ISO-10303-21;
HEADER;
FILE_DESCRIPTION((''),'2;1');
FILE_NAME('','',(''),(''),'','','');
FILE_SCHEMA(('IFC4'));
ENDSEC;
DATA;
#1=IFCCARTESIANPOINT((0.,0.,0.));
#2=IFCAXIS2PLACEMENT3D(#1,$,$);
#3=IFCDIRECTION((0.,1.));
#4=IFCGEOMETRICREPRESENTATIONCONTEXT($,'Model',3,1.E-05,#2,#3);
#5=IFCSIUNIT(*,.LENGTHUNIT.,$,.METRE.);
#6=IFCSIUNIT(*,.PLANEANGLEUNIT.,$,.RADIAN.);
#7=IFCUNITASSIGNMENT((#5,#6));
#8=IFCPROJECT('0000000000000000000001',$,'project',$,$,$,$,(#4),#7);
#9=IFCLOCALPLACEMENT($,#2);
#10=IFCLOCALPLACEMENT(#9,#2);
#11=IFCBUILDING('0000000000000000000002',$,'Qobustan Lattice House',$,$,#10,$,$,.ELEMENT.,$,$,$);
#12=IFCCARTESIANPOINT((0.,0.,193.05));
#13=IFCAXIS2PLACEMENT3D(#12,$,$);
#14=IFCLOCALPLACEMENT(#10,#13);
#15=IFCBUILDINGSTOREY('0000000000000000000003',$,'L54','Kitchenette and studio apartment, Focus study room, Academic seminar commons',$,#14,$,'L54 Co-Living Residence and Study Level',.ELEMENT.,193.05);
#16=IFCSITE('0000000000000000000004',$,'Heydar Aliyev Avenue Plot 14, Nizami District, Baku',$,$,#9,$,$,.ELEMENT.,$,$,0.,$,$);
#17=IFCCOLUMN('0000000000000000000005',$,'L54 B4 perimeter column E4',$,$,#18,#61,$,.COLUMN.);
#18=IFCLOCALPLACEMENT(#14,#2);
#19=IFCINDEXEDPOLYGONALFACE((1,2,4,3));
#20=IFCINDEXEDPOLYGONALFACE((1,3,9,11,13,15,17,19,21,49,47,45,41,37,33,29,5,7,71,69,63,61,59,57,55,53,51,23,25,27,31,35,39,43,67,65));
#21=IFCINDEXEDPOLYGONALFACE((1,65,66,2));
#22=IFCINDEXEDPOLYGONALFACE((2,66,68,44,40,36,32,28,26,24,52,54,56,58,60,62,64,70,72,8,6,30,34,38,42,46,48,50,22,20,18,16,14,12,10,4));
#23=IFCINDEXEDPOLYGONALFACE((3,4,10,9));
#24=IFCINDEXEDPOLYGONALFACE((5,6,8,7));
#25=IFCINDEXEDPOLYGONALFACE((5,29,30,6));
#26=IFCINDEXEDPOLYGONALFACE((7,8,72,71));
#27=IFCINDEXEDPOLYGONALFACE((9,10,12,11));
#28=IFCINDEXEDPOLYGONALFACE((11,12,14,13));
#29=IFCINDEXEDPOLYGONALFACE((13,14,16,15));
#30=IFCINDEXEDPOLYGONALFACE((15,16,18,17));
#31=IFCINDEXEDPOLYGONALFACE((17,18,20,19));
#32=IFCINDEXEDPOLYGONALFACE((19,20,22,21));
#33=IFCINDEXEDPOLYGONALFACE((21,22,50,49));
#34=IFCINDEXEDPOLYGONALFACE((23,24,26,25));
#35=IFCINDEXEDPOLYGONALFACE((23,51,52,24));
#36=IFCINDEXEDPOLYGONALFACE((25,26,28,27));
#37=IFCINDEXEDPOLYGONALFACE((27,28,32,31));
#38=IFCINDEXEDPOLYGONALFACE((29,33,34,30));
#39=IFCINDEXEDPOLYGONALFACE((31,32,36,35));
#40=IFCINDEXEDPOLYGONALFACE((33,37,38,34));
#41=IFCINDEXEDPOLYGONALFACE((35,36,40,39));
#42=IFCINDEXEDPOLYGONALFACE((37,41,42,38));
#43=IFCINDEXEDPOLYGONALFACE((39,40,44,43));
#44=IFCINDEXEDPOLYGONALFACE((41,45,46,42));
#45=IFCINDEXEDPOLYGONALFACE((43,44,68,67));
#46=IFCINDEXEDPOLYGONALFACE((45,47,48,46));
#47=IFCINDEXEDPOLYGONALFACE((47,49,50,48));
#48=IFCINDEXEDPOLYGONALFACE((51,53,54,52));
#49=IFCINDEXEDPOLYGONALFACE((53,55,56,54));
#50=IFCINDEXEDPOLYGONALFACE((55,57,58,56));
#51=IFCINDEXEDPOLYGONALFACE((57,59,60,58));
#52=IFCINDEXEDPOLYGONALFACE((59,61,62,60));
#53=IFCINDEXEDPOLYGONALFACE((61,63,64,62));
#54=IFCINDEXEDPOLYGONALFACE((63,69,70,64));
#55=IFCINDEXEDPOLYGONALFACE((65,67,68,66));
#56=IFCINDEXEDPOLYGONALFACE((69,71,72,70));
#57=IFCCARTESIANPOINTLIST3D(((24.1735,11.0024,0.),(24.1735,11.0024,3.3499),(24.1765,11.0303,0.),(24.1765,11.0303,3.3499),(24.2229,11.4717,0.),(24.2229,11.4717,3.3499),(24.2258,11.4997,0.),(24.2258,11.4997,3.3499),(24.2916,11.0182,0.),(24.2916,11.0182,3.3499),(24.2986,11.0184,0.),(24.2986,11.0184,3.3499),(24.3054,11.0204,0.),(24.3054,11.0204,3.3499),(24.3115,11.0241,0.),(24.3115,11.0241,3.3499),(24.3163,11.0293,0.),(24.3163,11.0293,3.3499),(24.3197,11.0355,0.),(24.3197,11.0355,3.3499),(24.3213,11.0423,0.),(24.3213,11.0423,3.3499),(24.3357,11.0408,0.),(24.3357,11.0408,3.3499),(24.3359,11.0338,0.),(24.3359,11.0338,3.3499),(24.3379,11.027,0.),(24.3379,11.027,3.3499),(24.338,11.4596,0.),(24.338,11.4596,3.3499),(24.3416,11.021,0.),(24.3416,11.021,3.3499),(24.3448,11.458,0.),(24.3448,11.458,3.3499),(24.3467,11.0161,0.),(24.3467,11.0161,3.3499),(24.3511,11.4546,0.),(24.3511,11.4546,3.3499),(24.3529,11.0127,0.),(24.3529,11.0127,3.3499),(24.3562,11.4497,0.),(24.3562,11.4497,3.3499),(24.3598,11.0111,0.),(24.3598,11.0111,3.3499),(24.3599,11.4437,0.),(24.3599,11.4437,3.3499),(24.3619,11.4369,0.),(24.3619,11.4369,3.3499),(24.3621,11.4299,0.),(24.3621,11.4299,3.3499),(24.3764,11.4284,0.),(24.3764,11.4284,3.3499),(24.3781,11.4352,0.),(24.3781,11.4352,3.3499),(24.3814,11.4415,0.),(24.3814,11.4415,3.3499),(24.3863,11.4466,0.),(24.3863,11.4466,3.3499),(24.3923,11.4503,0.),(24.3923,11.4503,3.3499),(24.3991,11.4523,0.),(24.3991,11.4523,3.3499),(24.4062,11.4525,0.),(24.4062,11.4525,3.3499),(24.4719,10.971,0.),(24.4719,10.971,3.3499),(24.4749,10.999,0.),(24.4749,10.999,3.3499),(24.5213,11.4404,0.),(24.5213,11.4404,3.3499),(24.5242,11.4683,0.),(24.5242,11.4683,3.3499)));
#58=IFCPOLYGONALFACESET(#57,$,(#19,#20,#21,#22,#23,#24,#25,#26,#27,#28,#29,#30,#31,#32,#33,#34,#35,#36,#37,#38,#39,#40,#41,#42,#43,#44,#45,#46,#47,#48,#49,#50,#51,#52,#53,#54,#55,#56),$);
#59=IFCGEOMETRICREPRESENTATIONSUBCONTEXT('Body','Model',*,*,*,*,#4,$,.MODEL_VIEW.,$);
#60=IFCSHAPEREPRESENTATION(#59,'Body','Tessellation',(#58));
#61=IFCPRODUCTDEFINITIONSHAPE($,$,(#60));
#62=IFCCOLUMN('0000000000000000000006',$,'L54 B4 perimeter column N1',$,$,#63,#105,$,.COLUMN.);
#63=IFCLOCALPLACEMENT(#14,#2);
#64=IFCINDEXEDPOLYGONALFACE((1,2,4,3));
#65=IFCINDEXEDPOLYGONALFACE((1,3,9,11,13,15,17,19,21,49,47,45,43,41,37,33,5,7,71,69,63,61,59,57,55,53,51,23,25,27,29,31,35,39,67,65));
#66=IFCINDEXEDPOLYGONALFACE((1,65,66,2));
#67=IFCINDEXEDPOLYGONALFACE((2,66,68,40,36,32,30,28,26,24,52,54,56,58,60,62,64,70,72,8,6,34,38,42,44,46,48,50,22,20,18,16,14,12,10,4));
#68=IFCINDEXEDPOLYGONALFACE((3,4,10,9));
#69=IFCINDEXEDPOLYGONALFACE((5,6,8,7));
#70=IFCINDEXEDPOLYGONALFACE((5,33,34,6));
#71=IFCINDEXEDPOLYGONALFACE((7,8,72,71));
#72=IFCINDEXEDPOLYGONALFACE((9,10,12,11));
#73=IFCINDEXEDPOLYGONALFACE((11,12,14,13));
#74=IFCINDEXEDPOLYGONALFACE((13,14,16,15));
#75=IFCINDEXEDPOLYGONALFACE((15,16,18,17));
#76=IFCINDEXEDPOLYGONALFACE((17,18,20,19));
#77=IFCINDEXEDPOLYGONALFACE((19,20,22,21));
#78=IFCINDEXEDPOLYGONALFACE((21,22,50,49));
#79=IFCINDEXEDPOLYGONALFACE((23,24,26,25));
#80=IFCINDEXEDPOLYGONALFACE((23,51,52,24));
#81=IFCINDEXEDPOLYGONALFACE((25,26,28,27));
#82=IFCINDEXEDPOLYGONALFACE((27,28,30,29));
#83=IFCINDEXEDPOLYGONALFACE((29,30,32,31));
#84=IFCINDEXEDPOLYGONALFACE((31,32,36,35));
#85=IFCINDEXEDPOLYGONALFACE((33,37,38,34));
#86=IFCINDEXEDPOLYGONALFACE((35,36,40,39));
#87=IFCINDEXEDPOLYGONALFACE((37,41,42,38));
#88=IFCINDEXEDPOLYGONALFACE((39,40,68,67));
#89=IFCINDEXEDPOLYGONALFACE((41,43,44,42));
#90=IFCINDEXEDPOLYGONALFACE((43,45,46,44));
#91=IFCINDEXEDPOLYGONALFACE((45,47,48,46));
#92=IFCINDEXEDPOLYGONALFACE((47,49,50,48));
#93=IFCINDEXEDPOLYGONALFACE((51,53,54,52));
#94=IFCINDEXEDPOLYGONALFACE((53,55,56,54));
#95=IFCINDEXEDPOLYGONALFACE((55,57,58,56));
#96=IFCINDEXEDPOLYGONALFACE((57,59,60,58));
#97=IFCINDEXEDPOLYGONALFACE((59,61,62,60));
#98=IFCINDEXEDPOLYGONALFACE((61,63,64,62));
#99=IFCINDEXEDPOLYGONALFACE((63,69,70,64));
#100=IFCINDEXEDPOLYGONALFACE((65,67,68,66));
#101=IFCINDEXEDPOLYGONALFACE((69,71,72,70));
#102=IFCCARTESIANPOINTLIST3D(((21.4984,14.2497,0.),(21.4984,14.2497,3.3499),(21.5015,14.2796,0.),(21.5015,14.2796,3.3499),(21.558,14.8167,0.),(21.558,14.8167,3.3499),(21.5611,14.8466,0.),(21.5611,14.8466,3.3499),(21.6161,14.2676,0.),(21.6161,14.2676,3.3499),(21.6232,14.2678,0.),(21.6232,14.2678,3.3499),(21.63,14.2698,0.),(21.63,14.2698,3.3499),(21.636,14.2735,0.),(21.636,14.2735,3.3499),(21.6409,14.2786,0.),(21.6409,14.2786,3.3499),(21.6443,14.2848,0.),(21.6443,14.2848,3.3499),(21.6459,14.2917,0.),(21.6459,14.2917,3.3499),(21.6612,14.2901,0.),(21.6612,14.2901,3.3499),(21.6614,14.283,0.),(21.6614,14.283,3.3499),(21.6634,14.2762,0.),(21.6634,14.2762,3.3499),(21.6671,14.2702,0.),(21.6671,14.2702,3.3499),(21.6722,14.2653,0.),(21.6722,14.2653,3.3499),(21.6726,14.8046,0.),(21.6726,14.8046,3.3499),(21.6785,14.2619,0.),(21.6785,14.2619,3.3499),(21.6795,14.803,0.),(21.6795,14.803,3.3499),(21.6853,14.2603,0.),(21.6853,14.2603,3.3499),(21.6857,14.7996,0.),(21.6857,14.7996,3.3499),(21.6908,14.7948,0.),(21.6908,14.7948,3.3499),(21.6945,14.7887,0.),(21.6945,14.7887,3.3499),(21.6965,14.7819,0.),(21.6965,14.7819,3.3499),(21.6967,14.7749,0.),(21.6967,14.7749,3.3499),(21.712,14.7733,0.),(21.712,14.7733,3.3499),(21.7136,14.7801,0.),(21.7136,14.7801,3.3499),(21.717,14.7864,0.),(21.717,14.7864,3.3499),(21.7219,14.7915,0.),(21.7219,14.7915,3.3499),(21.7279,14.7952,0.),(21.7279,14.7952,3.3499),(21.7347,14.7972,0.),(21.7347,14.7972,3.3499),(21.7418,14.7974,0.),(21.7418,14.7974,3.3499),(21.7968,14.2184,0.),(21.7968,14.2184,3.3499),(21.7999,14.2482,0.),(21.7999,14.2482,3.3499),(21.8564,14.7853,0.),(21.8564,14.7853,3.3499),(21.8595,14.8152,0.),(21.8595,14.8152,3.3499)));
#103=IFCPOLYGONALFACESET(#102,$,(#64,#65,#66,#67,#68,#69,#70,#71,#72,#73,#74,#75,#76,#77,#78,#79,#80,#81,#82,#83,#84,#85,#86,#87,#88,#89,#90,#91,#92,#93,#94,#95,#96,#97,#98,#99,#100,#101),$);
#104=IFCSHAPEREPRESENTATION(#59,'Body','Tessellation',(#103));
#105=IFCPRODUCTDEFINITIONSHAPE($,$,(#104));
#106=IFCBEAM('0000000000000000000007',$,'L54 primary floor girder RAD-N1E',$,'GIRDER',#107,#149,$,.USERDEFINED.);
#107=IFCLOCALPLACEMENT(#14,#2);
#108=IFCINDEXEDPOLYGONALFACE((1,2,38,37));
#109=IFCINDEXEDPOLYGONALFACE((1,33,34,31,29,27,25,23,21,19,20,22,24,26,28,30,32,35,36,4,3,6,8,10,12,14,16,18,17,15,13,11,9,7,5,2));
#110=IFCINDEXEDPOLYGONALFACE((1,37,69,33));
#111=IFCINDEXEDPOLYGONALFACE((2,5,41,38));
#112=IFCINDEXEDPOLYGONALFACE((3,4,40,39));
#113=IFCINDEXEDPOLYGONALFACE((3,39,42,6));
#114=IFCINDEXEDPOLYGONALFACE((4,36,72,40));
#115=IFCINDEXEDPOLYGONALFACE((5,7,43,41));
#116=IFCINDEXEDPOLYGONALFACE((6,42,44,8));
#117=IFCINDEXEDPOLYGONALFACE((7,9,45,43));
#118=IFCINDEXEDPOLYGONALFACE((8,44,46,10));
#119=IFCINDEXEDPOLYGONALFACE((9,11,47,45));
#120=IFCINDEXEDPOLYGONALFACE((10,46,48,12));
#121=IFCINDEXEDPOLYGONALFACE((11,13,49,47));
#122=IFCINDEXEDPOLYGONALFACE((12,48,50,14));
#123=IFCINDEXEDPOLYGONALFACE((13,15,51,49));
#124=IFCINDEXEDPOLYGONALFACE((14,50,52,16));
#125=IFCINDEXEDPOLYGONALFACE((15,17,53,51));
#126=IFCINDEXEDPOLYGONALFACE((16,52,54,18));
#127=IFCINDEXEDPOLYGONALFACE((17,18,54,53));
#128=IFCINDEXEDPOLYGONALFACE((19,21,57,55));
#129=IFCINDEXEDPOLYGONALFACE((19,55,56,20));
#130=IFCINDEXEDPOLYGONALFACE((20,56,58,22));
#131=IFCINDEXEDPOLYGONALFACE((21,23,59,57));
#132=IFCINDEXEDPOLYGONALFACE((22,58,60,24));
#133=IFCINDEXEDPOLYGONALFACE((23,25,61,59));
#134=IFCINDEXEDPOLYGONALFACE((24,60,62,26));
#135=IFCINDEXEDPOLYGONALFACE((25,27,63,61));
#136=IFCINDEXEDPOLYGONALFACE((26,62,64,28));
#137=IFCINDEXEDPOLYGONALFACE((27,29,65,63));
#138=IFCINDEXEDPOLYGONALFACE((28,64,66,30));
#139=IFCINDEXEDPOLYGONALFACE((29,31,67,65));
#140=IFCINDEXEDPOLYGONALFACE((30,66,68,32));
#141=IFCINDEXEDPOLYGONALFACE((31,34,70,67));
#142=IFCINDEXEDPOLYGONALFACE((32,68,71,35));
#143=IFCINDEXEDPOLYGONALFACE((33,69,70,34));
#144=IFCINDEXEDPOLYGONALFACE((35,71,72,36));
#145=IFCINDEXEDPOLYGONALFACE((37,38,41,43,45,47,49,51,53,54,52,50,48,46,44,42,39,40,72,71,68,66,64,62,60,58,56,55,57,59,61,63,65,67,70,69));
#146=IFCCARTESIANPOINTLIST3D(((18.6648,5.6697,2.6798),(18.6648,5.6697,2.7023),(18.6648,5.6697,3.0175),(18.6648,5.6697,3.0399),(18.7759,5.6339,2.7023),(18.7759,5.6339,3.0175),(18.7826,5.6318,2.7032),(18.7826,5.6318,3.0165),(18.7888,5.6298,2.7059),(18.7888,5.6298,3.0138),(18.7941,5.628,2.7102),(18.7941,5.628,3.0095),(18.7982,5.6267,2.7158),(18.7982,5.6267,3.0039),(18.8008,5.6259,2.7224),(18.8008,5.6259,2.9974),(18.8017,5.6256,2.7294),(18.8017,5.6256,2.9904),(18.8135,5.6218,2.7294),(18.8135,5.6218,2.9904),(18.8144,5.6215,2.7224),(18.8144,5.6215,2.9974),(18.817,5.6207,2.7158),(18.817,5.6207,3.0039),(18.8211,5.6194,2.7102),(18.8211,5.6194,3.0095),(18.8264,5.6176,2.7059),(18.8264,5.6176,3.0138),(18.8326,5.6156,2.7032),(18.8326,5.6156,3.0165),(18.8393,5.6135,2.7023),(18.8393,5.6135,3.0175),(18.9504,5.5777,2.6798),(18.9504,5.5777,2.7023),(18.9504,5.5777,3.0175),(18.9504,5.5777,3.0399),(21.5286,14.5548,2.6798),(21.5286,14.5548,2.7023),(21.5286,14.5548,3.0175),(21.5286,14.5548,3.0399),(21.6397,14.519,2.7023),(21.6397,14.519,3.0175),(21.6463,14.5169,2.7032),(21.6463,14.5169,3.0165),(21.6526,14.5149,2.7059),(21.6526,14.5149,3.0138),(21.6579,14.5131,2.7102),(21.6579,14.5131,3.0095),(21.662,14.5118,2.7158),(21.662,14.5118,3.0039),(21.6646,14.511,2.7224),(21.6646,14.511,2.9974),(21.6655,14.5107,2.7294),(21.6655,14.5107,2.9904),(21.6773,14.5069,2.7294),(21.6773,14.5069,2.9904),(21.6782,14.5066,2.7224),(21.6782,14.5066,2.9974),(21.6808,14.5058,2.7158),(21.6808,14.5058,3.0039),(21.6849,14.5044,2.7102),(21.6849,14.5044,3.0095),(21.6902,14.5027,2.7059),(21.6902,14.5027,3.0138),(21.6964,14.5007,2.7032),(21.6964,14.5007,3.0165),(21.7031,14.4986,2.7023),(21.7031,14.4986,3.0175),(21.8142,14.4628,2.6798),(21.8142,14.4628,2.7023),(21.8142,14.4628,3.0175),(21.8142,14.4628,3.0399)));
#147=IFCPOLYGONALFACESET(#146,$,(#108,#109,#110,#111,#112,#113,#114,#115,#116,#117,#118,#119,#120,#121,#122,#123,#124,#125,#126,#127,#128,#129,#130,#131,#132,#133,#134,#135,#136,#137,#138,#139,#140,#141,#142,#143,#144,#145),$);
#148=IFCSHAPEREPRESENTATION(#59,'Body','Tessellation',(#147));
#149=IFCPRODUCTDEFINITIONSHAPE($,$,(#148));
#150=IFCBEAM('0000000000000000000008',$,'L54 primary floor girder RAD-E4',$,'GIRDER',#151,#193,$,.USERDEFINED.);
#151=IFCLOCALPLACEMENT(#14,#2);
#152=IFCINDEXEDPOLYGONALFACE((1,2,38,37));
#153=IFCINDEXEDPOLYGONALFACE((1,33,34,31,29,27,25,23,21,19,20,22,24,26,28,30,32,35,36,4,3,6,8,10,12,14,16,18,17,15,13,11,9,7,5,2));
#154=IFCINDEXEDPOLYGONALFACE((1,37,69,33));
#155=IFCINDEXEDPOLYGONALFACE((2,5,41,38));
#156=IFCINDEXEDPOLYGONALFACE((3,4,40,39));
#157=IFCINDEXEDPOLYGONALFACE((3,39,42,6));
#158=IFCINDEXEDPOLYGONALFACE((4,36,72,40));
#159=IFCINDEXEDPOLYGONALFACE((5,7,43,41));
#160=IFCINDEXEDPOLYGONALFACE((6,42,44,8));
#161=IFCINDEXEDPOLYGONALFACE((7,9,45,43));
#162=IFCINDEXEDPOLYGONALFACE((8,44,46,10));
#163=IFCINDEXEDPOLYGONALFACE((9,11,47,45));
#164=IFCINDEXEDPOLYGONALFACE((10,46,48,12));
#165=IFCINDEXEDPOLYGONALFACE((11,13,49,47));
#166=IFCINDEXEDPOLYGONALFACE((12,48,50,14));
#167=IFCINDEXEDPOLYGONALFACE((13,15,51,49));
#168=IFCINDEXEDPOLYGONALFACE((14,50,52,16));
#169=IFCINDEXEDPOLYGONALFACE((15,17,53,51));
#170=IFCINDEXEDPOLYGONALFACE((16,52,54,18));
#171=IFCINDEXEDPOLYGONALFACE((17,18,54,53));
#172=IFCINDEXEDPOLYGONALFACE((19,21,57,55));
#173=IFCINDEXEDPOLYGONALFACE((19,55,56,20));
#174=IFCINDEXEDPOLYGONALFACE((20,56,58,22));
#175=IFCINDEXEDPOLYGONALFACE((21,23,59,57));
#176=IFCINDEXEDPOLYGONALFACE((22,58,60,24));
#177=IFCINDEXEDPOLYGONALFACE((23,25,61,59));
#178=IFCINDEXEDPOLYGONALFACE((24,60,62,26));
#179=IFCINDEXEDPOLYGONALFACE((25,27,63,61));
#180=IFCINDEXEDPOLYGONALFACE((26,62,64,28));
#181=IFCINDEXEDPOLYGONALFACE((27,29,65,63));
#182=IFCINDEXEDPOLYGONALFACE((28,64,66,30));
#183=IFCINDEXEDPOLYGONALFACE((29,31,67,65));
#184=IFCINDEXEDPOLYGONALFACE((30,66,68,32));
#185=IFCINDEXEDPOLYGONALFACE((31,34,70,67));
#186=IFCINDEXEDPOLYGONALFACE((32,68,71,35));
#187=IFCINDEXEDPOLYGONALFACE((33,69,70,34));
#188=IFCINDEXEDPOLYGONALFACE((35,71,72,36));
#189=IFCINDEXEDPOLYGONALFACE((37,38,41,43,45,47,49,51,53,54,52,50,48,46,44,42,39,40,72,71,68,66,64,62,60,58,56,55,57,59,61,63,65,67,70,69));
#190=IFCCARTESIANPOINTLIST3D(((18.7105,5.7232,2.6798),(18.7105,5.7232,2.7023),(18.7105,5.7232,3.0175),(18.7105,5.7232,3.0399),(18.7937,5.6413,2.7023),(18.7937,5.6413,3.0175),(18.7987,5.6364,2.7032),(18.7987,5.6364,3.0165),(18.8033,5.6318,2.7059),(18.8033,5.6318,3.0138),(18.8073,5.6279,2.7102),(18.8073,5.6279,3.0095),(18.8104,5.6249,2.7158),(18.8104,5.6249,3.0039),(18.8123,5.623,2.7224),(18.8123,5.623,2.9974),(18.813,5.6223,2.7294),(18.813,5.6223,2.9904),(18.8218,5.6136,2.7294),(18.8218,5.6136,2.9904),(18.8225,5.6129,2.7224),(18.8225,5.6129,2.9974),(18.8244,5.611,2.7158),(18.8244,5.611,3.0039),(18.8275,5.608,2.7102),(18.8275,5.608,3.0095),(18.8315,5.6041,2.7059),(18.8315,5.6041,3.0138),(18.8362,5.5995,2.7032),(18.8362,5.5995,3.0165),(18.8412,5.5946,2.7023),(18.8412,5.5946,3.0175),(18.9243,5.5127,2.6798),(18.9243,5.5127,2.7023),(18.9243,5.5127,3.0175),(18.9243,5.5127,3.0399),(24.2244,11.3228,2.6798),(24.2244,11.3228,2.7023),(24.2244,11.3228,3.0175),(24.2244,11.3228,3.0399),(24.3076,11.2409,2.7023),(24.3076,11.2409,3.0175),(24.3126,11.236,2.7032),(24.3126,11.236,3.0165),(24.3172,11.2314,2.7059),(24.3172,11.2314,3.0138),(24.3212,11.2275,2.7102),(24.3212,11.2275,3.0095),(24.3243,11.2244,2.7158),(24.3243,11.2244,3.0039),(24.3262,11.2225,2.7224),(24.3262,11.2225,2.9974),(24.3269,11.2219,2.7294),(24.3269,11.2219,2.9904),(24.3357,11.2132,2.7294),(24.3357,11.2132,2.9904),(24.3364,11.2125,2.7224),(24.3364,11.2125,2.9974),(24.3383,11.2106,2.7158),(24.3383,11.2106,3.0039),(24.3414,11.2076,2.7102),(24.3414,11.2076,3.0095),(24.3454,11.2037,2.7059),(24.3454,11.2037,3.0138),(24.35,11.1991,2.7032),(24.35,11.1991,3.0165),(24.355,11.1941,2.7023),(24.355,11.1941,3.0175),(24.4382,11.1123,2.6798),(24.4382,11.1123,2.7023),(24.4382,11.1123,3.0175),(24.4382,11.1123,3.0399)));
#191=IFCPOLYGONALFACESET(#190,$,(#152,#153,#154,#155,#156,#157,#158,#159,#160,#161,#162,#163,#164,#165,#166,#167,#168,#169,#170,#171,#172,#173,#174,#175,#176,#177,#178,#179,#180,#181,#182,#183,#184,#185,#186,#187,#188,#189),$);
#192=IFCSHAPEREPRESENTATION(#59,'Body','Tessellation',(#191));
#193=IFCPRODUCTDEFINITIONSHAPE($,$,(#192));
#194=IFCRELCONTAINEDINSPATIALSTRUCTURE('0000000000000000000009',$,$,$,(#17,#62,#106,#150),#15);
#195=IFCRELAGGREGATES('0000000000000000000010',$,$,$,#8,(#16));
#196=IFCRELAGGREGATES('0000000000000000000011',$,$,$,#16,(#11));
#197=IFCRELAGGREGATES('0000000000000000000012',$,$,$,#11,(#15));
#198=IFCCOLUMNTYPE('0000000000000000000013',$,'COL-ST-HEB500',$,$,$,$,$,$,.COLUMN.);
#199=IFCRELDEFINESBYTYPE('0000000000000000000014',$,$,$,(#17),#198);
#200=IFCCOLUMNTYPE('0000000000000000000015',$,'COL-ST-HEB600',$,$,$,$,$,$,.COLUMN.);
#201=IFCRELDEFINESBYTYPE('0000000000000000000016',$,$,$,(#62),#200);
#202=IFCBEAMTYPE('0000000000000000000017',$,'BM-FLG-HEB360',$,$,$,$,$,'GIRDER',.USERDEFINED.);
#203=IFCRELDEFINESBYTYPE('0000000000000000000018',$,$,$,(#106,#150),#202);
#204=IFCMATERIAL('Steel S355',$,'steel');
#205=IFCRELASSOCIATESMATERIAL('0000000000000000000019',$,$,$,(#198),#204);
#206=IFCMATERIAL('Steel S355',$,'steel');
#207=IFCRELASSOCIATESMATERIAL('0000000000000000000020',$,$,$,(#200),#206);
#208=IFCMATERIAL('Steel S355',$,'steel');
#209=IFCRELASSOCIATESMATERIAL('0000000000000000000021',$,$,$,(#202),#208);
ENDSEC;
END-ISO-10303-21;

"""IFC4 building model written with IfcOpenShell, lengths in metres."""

from ifc_helpers import new_model, si_unit, direction, frame, origin, origin_2d, place, context, subcontext, project, spatial, i_section, extrude, material, material_profile, profile_set, type_object, element, save


model = new_model("IFC4")

# Units and contexts
model_context = context("Model", 3, precision=1e-05, world=origin(), true_north=direction((0.0, 1.0)))
body_context = subcontext(model_context, "Body", "Model", "MODEL_VIEW")
ifc_project = project(units=[si_unit("LENGTHUNIT", "METRE"), si_unit("PLANEANGLEUNIT", "RADIAN")], contexts=[model_context])

# Site, building, storey
site_placement = place(None, origin())
site = spatial("IfcSite", under=ifc_project, at=site_placement, Name="Heydar Aliyev Avenue Plot 14, Nizami District, Baku", CompositionType="ELEMENT", RefElevation=0.0)
building_placement = place(site_placement, origin())
building = spatial("IfcBuilding", under=site, at=building_placement, Name="Qobustan Lattice House", CompositionType="ELEMENT")
storey_placement = place(building_placement, frame((0.0, 0.0, 193.05)))
storey = spatial("IfcBuildingStorey", under=building, at=storey_placement, Name="L54", Description="Kitchenette and studio apartment, Focus study room, Academic seminar commons", LongName="L54 Co-Living Residence and Study Level", CompositionType="ELEMENT", Elevation=193.05)

# Columns
ifc_material_1 = material(Name="Steel S355", Category="steel")
ifc_material_profile_1 = material_profile(ifc_material_1, i_section(OverallWidth=0.3, OverallDepth=0.5, WebThickness=0.0144, FlangeThickness=0.0281, FilletRadius=0.0271, at=origin_2d()), Name="HEB500")
ifc_profile_set_1 = profile_set([ifc_material_profile_1], Name="Steel S355")
column_type_1 = type_object("IfcColumnType", Name="COL-ST-HEB500", PredefinedType="COLUMN", material=ifc_profile_set_1)
column_1_placement = place(storey_placement, frame((24.3489, 11.2354, 0.0), z_axis=(0.0, 0.0, 1.0), x_axis=(0.994522, -0.104528, 0.0)))
element("IfcColumn", 1, at=column_1_placement, inside=storey, type_object=column_type_1, Name="L54 B4 perimeter column E4", PredefinedType="COLUMN", context=body_context, shape_type="SweptSolid", body=[
    extrude(i_section(OverallWidth=0.3, OverallDepth=0.5, WebThickness=0.0144, FlangeThickness=0.0281, FilletRadius=0.0271, at=origin_2d()), origin(), (0.0, 0.0, 1.0), 3.3499),
])
ifc_material_2 = material(Name="Steel S355", Category="steel")
ifc_material_profile_2 = material_profile(ifc_material_2, i_section(OverallWidth=0.3, OverallDepth=0.6001, WebThickness=0.0154, FlangeThickness=0.03, FilletRadius=0.0271, at=origin_2d()), Name="HEB600")
ifc_profile_set_2 = profile_set([ifc_material_profile_2], Name="Steel S355")
column_type_2 = type_object("IfcColumnType", Name="COL-ST-HEB600", PredefinedType="COLUMN", material=ifc_profile_set_2)
column_2_placement = place(storey_placement, frame((21.679, 14.5325, 0.0), z_axis=(0.0, 0.0, 1.0), x_axis=(0.994522, -0.104528, 0.0)))
element("IfcColumn", 2, at=column_2_placement, inside=storey, type_object=column_type_2, Name="L54 B4 perimeter column N1", PredefinedType="COLUMN", context=body_context, shape_type="SweptSolid", body=[
    extrude(i_section(OverallWidth=0.3, OverallDepth=0.6001, WebThickness=0.0154, FlangeThickness=0.03, FilletRadius=0.0271, at=origin_2d()), origin(), (0.0, 0.0, 1.0), 3.3499),
])

# Beams
ifc_material_3 = material(Name="Steel S355", Category="steel")
ifc_material_profile_3 = material_profile(ifc_material_3, i_section(OverallWidth=0.3, OverallDepth=0.3601, WebThickness=0.0125, FlangeThickness=0.0225, FilletRadius=0.0271, at=origin_2d()), Name="HEB360")
ifc_profile_set_3 = profile_set([ifc_material_profile_3], Name="Steel S355")
beam_type_1 = type_object("IfcBeamType", Name="BM-FLG-HEB360", ElementType="GIRDER", PredefinedType="USERDEFINED", material=ifc_profile_set_3)
beam_1_placement = place(storey_placement, frame((21.6714, 14.5088, 2.8599), z_axis=(-0.306774, -0.951783, 0.0), x_axis=(0.951783, -0.306774, 0.0)))
element("IfcBeam", 3, at=beam_1_placement, inside=storey, type_object=beam_type_1, Name="L54 primary floor girder RAD-N1E", ObjectType="GIRDER", PredefinedType="USERDEFINED", context=body_context, shape_type="SweptSolid", body=[
    extrude(i_section(OverallWidth=0.3, OverallDepth=0.3601, WebThickness=0.0125, FlangeThickness=0.0225, FilletRadius=0.0271, at=origin_2d()), origin(), (0.0, 0.0, 1.0), 9.3352),
])
beam_2_placement = place(storey_placement, frame((24.3313, 11.2175, 2.8599), z_axis=(-0.701634, -0.712538, 0.0), x_axis=(0.712538, -0.701634, 0.0)))
element("IfcBeam", 4, at=beam_2_placement, inside=storey, type_object=beam_type_1, Name="L54 primary floor girder RAD-E4", ObjectType="GIRDER", PredefinedType="USERDEFINED", context=body_context, shape_type="SweptSolid", body=[
    extrude(i_section(OverallWidth=0.3, OverallDepth=0.3601, WebThickness=0.0125, FlangeThickness=0.0225, FilletRadius=0.0271, at=origin_2d()), origin(), (0.0, 0.0, 1.0), 7.8586),
])

save(model, "model.ifc")
